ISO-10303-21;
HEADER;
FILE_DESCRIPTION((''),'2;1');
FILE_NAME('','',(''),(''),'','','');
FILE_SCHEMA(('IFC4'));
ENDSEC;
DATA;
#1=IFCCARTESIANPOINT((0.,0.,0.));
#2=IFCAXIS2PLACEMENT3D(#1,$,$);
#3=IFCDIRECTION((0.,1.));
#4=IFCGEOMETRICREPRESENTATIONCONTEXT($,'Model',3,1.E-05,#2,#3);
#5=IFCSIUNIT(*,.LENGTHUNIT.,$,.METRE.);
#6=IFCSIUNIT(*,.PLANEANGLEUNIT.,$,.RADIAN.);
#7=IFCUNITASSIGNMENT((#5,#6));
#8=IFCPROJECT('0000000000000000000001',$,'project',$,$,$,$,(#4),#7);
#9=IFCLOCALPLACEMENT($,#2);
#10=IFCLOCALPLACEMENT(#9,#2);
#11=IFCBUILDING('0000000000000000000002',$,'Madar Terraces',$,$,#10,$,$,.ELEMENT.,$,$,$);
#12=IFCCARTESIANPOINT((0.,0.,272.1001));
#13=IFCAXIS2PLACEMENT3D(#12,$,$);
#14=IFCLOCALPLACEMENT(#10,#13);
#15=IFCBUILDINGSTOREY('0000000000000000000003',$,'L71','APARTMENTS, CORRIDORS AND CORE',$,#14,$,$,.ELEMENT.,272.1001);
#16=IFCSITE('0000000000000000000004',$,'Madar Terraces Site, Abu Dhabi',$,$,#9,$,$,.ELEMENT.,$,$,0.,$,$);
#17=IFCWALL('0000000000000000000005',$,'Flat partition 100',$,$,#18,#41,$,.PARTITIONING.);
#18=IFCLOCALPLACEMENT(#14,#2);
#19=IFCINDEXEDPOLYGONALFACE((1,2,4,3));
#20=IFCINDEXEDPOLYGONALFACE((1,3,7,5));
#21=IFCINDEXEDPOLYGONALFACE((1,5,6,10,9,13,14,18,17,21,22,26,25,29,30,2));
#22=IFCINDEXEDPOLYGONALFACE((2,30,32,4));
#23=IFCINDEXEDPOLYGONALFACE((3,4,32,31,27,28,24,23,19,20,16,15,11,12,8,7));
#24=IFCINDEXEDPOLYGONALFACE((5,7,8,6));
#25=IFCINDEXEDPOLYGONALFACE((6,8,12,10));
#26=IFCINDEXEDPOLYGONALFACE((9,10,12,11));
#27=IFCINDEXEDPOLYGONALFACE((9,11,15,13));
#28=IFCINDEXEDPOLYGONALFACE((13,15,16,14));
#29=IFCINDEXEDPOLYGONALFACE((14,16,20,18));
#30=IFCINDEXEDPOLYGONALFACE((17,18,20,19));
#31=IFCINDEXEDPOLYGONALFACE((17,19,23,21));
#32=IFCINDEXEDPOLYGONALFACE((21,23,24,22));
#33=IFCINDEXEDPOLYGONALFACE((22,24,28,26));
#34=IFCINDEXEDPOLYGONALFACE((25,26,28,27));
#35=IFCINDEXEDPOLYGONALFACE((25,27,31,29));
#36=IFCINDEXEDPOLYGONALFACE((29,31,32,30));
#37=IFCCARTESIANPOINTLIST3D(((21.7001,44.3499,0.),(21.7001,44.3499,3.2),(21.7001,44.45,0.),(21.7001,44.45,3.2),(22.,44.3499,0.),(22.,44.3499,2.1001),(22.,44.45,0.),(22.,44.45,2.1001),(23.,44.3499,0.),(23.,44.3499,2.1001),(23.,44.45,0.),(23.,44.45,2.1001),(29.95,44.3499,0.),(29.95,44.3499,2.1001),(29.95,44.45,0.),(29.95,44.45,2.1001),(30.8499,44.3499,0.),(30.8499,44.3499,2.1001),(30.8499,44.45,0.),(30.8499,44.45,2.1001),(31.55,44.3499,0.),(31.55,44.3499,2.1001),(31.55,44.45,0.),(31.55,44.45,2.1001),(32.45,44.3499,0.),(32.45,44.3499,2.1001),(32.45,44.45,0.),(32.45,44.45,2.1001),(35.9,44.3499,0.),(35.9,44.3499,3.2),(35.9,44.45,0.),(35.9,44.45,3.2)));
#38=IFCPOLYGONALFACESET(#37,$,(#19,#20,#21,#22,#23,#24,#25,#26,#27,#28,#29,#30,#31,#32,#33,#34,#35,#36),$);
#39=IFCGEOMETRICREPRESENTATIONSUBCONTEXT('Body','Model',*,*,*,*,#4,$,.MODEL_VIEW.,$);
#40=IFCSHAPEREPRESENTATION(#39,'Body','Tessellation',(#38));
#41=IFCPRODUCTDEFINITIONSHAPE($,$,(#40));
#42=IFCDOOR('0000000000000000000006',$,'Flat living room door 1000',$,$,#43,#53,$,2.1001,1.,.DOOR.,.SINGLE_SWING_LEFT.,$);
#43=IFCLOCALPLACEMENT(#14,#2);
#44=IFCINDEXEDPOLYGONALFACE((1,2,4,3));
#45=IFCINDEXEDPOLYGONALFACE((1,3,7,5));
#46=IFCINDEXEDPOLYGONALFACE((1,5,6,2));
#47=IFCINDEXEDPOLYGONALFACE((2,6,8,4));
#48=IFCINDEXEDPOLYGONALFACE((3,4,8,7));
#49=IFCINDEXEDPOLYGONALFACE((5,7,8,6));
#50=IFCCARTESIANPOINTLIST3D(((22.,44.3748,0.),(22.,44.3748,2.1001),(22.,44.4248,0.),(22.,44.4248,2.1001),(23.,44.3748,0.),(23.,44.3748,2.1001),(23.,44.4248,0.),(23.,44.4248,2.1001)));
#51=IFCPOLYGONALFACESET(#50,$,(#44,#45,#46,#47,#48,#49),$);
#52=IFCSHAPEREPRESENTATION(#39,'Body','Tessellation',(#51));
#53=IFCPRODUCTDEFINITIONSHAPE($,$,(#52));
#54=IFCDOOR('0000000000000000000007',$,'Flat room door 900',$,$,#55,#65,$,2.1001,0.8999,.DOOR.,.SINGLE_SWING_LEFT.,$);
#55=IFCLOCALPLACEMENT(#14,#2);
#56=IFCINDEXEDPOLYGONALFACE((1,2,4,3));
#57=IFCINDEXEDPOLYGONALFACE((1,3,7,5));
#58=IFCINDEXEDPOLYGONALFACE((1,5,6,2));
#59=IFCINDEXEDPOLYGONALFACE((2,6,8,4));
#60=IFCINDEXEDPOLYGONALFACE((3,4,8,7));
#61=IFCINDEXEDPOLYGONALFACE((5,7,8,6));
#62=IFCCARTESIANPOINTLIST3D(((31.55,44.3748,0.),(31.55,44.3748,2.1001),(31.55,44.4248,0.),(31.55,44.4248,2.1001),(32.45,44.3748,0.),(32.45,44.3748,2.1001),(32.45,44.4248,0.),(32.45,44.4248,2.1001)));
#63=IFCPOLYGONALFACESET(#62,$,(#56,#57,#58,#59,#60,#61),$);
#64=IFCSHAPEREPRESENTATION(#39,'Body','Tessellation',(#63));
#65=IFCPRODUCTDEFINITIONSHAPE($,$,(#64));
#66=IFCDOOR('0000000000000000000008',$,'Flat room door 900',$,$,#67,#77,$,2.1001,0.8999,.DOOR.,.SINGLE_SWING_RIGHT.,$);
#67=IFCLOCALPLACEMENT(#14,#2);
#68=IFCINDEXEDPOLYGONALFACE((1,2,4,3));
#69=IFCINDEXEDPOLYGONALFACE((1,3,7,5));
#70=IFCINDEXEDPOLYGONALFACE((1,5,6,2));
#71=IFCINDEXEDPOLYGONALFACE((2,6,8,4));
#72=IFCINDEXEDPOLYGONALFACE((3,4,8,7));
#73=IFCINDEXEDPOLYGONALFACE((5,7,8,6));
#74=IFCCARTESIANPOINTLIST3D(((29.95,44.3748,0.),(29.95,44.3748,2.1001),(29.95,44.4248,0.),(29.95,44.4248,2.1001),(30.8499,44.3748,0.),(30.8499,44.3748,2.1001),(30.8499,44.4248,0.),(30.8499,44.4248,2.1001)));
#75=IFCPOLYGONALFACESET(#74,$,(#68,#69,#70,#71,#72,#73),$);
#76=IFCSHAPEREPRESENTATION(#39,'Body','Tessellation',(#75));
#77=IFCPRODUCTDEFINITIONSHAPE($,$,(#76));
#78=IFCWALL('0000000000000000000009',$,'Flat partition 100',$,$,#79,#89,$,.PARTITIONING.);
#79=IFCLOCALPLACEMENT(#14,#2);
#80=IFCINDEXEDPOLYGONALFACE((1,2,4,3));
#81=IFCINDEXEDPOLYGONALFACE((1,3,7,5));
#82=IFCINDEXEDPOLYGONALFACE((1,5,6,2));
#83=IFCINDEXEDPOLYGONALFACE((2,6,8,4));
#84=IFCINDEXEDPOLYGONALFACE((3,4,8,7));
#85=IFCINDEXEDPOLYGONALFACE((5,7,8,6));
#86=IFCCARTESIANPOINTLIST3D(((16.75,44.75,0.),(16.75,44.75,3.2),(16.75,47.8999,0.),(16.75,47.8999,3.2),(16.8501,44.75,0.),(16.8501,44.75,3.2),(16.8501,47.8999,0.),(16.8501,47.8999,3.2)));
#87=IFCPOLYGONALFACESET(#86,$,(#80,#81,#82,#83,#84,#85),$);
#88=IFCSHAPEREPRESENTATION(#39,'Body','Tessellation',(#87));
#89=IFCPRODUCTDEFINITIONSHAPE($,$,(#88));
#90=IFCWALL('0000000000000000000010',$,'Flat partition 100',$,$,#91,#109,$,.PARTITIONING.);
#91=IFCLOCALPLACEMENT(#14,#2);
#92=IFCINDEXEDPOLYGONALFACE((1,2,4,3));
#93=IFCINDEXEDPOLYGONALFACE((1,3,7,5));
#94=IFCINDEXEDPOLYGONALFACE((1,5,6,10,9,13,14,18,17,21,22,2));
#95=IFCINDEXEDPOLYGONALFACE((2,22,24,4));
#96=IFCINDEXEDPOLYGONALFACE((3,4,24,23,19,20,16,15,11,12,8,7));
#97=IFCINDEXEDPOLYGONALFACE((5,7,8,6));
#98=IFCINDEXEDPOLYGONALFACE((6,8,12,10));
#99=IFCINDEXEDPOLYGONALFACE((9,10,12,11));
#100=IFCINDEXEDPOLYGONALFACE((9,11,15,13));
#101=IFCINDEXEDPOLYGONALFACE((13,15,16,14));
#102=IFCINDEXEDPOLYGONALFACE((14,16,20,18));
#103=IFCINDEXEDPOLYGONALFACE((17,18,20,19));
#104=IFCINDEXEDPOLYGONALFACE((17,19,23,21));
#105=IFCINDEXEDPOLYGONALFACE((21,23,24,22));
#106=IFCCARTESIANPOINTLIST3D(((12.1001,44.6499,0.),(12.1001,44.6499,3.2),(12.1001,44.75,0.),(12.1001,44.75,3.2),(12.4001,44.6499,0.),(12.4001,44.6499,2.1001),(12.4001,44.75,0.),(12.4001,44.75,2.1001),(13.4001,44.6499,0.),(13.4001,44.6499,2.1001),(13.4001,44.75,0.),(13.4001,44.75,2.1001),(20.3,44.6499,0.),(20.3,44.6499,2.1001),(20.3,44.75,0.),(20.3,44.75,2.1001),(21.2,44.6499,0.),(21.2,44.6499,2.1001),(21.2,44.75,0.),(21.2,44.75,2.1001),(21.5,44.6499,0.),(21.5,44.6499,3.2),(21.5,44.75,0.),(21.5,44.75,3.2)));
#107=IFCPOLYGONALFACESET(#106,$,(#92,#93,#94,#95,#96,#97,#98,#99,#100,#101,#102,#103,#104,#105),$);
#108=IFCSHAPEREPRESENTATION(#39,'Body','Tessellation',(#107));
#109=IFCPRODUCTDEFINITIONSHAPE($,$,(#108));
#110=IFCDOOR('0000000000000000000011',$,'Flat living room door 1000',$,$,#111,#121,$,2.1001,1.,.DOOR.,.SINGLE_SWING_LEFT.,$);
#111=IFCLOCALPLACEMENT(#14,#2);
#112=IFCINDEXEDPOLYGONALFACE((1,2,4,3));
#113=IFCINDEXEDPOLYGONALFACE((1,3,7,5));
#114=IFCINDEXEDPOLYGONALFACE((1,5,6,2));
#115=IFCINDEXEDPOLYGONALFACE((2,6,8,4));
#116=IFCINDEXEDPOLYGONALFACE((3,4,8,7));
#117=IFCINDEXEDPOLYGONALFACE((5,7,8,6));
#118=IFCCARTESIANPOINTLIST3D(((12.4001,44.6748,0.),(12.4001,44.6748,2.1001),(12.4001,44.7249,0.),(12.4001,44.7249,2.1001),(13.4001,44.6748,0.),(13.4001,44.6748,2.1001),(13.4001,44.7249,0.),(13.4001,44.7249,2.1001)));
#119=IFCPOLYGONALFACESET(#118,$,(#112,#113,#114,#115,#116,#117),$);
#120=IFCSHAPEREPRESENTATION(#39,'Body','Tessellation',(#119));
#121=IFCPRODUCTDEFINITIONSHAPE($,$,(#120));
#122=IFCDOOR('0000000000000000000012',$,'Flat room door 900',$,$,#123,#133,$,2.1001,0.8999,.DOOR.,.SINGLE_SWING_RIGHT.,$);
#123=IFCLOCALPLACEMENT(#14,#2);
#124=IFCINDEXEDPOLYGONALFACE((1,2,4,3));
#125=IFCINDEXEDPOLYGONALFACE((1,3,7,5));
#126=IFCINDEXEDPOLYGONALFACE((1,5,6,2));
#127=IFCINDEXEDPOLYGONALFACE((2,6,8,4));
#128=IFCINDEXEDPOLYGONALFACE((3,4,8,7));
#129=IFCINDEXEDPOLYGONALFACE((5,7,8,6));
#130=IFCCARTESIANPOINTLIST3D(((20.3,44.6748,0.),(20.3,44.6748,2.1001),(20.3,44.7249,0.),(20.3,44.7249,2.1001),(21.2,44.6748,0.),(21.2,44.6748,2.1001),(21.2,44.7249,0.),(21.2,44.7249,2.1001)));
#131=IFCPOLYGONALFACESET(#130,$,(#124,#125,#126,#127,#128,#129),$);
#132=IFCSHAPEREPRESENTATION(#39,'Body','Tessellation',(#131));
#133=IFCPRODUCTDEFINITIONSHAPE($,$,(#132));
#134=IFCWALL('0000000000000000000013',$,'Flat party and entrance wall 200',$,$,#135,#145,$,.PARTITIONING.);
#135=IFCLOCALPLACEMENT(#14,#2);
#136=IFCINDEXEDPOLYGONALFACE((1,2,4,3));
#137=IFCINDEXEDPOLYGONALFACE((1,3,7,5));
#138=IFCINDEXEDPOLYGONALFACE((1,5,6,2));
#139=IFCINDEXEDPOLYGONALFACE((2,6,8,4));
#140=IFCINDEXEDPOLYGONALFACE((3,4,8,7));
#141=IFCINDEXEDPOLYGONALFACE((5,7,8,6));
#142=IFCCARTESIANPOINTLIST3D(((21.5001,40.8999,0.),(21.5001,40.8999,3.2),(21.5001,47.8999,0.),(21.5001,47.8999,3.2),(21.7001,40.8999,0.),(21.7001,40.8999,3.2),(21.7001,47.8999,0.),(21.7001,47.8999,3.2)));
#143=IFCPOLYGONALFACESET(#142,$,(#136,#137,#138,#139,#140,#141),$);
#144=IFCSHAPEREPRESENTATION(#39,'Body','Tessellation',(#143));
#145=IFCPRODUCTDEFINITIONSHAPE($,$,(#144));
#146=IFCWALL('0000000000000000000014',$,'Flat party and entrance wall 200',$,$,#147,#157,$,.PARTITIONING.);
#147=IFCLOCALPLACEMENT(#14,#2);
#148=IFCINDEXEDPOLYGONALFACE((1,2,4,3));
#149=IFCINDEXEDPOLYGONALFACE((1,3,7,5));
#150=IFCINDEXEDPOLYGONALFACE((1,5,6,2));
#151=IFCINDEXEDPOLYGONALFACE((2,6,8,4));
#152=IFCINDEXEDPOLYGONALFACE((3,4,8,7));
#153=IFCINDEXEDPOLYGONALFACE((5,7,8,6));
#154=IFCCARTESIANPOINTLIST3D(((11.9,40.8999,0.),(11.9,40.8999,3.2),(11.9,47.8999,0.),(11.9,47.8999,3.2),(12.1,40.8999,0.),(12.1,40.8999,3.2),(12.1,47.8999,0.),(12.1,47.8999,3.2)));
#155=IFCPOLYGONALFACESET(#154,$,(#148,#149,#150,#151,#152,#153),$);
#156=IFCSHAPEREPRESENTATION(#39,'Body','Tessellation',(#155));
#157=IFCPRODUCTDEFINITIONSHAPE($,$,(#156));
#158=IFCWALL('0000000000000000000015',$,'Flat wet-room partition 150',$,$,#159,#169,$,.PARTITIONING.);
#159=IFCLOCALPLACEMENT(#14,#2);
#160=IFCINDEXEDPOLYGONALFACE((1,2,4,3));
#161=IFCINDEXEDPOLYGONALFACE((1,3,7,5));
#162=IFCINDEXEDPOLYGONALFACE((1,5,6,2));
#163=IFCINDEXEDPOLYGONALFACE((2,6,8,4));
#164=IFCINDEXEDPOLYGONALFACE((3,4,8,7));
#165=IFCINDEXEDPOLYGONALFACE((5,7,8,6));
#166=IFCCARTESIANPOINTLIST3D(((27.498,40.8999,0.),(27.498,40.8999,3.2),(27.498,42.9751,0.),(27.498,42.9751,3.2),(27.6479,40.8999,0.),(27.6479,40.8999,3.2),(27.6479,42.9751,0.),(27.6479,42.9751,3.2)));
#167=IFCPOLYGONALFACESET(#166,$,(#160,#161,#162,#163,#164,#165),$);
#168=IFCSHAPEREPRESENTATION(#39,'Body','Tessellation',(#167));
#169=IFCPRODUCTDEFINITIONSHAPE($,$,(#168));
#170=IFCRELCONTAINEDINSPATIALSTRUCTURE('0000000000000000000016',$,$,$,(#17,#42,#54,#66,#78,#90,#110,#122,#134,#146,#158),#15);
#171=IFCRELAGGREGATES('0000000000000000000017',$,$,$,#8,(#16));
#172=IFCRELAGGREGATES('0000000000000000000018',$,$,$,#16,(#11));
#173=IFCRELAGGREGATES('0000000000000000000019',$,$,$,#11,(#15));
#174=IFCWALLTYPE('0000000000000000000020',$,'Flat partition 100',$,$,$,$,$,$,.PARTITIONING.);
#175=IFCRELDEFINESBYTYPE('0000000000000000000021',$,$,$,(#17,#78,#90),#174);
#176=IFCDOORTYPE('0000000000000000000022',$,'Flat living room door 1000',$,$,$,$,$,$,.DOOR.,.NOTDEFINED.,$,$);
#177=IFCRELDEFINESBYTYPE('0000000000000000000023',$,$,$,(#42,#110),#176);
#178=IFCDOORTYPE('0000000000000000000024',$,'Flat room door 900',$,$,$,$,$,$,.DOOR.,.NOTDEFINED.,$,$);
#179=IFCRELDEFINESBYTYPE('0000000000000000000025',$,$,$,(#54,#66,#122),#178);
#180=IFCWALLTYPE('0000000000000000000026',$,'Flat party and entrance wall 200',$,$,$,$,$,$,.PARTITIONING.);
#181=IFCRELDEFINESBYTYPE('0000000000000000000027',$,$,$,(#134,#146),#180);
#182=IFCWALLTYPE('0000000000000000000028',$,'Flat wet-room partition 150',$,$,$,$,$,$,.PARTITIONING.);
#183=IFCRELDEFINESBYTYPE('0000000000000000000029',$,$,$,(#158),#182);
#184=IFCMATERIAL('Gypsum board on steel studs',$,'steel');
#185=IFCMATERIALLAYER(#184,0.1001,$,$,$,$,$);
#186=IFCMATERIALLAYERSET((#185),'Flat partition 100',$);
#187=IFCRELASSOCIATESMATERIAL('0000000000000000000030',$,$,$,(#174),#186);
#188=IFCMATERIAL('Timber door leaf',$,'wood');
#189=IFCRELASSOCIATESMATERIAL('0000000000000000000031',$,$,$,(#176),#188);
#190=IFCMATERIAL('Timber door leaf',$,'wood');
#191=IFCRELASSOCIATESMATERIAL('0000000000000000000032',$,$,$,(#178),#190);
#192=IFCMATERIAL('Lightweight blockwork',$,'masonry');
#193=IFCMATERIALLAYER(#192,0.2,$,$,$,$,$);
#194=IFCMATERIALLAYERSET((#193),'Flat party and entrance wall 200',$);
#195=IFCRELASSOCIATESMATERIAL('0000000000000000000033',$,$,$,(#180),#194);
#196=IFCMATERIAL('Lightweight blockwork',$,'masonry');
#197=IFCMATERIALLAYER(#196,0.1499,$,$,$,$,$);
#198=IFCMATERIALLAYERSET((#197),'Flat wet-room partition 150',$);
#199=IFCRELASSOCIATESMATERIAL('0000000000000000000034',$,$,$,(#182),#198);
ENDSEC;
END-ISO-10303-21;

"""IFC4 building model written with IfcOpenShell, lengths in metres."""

from ifc_helpers import new_model, si_unit, direction, frame, frame_2d, origin, place, context, subcontext, project, spatial, rectangle, extrude, material, layer, layer_set, type_object, element, fill, save


model = new_model("IFC4")

# Units and contexts
model_context = context("Model", 3, precision=1e-05, world=origin(), true_north=direction((0.0, 1.0)))
body_context = subcontext(model_context, "Body", "Model", "MODEL_VIEW")
ifc_project = project(units=[si_unit("LENGTHUNIT", "METRE"), si_unit("PLANEANGLEUNIT", "RADIAN")], contexts=[model_context])

# Site, building, storey
site_placement = place(None, origin())
site = spatial("IfcSite", under=ifc_project, at=site_placement, Name="Madar Terraces Site, Abu Dhabi", CompositionType="ELEMENT", RefElevation=0.0)
building_placement = place(site_placement, origin())
building = spatial("IfcBuilding", under=site, at=building_placement, Name="Madar Terraces", CompositionType="ELEMENT")
storey_placement = place(building_placement, frame((0.0, 0.0, 272.1001)))
storey = spatial("IfcBuildingStorey", under=building, at=storey_placement, Name="L71", Description="APARTMENTS, CORRIDORS AND CORE", CompositionType="ELEMENT", Elevation=272.1001)

# Shared definitions
ifc_material_1 = material(Name="Gypsum board on steel studs", Category="steel")
ifc_layer_1 = layer(ifc_material_1, 0.1001)
ifc_layer_set_1 = layer_set([ifc_layer_1], Name="Flat partition 100")
wall_type_1 = type_object("IfcWallType", Name="Flat partition 100", PredefinedType="PARTITIONING", material=ifc_layer_set_1)

# Wall, openings, doors
wall_1_placement = place(storey_placement, frame((21.7, 44.3999, 0.0), z_axis=(0.0, 0.0, 1.0), x_axis=(1.0, 0.0, 0.0)))
wall_1 = element("IfcWall", 1, at=wall_1_placement, inside=storey, type_object=wall_type_1, Name="Flat partition 100", PredefinedType="PARTITIONING", context=body_context, shape_type="SweptSolid", body=[
    extrude(rectangle(XDim=14.2, YDim=0.1001, at=frame_2d((7.1001, 0.0))), origin(), (0.0, 0.0, 1.0), 3.2),
])
opening_1_placement = place(wall_1_placement, frame((9.8501, 0.0, 0.0)))
opening_1 = element("IfcOpeningElement", 2, at=opening_1_placement, cuts=wall_1, PredefinedType="OPENING", context=body_context, shape_type="SweptSolid", body=[
    extrude(rectangle(XDim=0.8999, YDim=2.1001, at=frame_2d((0.45, 1.05))), frame((0.0, 0.0601, 0.0), z_axis=(0.0, -1.0, 0.0), x_axis=(1.0, 0.0, 0.0)), (0.0, 0.0, 1.0), 0.1201),
])
opening_2_placement = place(wall_1_placement, frame((8.25, 0.0, 0.0)))
opening_2 = element("IfcOpeningElement", 3, at=opening_2_placement, cuts=wall_1, PredefinedType="OPENING", context=body_context, shape_type="SweptSolid", body=[
    extrude(rectangle(XDim=0.8999, YDim=2.1001, at=frame_2d((0.45, 1.05))), frame((0.0, 0.0601, 0.0), z_axis=(0.0, -1.0, 0.0), x_axis=(1.0, 0.0, 0.0)), (0.0, 0.0, 1.0), 0.1201),
])
opening_3_placement = place(wall_1_placement, frame((0.3, 0.0, 0.0)))
opening_3 = element("IfcOpeningElement", 4, at=opening_3_placement, cuts=wall_1, PredefinedType="OPENING", context=body_context, shape_type="SweptSolid", body=[
    extrude(rectangle(XDim=1.0, YDim=2.1001, at=frame_2d((0.5, 1.05))), frame((0.0, 0.0601, 0.0), z_axis=(0.0, -1.0, 0.0), x_axis=(1.0, 0.0, 0.0)), (0.0, 0.0, 1.0), 0.1201),
])
ifc_material_2 = material(Name="Timber door leaf", Category="wood")
door_type_1 = type_object("IfcDoorType", Name="Flat living room door 1000", OperationType="NOTDEFINED", PredefinedType="DOOR", material=ifc_material_2)
door_1_placement = place(opening_3_placement, origin())
door_1 = element("IfcDoor", 5, at=door_1_placement, inside=storey, type_object=door_type_1, Name="Flat living room door 1000", OperationType="SINGLE_SWING_LEFT", OverallHeight=2.1001, OverallWidth=1.0, PredefinedType="DOOR", context=body_context, shape_type="SweptSolid", body=[
    extrude(rectangle(XDim=1.0, YDim=2.1001, at=frame_2d((0.5, 1.05))), frame((0.0, 0.0249, 0.0), z_axis=(0.0, -1.0, 0.0), x_axis=(1.0, 0.0, 0.0)), (0.0, 0.0, 1.0), 0.05),
])
fill(opening_3, door_1)
ifc_material_3 = material(Name="Timber door leaf", Category="wood")
door_type_2 = type_object("IfcDoorType", Name="Flat room door 900", OperationType="NOTDEFINED", PredefinedType="DOOR", material=ifc_material_3)
door_2_placement = place(opening_1_placement, origin())
door_2 = element("IfcDoor", 6, at=door_2_placement, inside=storey, type_object=door_type_2, Name="Flat room door 900", OperationType="SINGLE_SWING_LEFT", OverallHeight=2.1001, OverallWidth=0.8999, PredefinedType="DOOR", context=body_context, shape_type="SweptSolid", body=[
    extrude(rectangle(XDim=0.8999, YDim=2.1001, at=frame_2d((0.45, 1.05))), frame((0.0, 0.0249, 0.0), z_axis=(0.0, -1.0, 0.0), x_axis=(1.0, 0.0, 0.0)), (0.0, 0.0, 1.0), 0.05),
])
fill(opening_1, door_2)
door_3_placement = place(opening_2_placement, origin())
door_3 = element("IfcDoor", 7, at=door_3_placement, inside=storey, type_object=door_type_2, Name="Flat room door 900", OperationType="SINGLE_SWING_RIGHT", OverallHeight=2.1001, OverallWidth=0.8999, PredefinedType="DOOR", context=body_context, shape_type="SweptSolid", body=[
    extrude(rectangle(XDim=0.8999, YDim=2.1001, at=frame_2d((0.45, 1.05))), frame((0.0, 0.0249, 0.0), z_axis=(0.0, -1.0, 0.0), x_axis=(1.0, 0.0, 0.0)), (0.0, 0.0, 1.0), 0.05),
])
fill(opening_2, door_3)

# Wall
wall_2_placement = place(storey_placement, frame((16.8, 44.75, 0.0), z_axis=(0.0, 0.0, 1.0), x_axis=(0.0, 1.0, 0.0)))
element("IfcWall", 8, at=wall_2_placement, inside=storey, type_object=wall_type_1, Name="Flat partition 100", PredefinedType="PARTITIONING", context=body_context, shape_type="SweptSolid", body=[
    extrude(rectangle(XDim=3.1499, YDim=0.1001, at=frame_2d((1.575, 0.0))), origin(), (0.0, 0.0, 1.0), 3.2),
])

# Wall, openings, doors
wall_3_placement = place(storey_placement, frame((12.1001, 44.7, 0.0), z_axis=(0.0, 0.0, 1.0), x_axis=(1.0, 0.0, 0.0)))
wall_3 = element("IfcWall", 9, at=wall_3_placement, inside=storey, type_object=wall_type_1, Name="Flat partition 100", PredefinedType="PARTITIONING", context=body_context, shape_type="SweptSolid", body=[
    extrude(rectangle(XDim=9.3999, YDim=0.1001, at=frame_2d((4.7, 0.0))), origin(), (0.0, 0.0, 1.0), 3.2),
])
opening_4_placement = place(wall_3_placement, frame((0.3, 0.0, 0.0)))
opening_4 = element("IfcOpeningElement", 10, at=opening_4_placement, cuts=wall_3, PredefinedType="OPENING", context=body_context, shape_type="SweptSolid", body=[
    extrude(rectangle(XDim=1.0, YDim=2.1001, at=frame_2d((0.5, 1.05))), frame((0.0, 0.0601, 0.0), z_axis=(0.0, -1.0, 0.0), x_axis=(1.0, 0.0, 0.0)), (0.0, 0.0, 1.0), 0.1201),
])
opening_5_placement = place(wall_3_placement, frame((8.2, 0.0, 0.0)))
opening_5 = element("IfcOpeningElement", 11, at=opening_5_placement, cuts=wall_3, PredefinedType="OPENING", context=body_context, shape_type="SweptSolid", body=[
    extrude(rectangle(XDim=0.8999, YDim=2.1001, at=frame_2d((0.45, 1.05))), frame((0.0, 0.0601, 0.0), z_axis=(0.0, -1.0, 0.0), x_axis=(1.0, 0.0, 0.0)), (0.0, 0.0, 1.0), 0.1201),
])
door_4_placement = place(opening_4_placement, origin())
door_4 = element("IfcDoor", 12, at=door_4_placement, inside=storey, type_object=door_type_1, Name="Flat living room door 1000", OperationType="SINGLE_SWING_LEFT", OverallHeight=2.1001, OverallWidth=1.0, PredefinedType="DOOR", context=body_context, shape_type="SweptSolid", body=[
    extrude(rectangle(XDim=1.0, YDim=2.1001, at=frame_2d((0.5, 1.05))), frame((0.0, 0.0249, 0.0), z_axis=(0.0, -1.0, 0.0), x_axis=(1.0, 0.0, 0.0)), (0.0, 0.0, 1.0), 0.05),
])
fill(opening_4, door_4)
door_5_placement = place(opening_5_placement, origin())
door_5 = element("IfcDoor", 13, at=door_5_placement, inside=storey, type_object=door_type_2, Name="Flat room door 900", OperationType="SINGLE_SWING_RIGHT", OverallHeight=2.1001, OverallWidth=0.8999, PredefinedType="DOOR", context=body_context, shape_type="SweptSolid", body=[
    extrude(rectangle(XDim=0.8999, YDim=2.1001, at=frame_2d((0.45, 1.05))), frame((0.0, 0.0249, 0.0), z_axis=(0.0, -1.0, 0.0), x_axis=(1.0, 0.0, 0.0)), (0.0, 0.0, 1.0), 0.05),
])
fill(opening_5, door_5)

# Walls
ifc_material_4 = material(Name="Lightweight blockwork", Category="masonry")
ifc_layer_2 = layer(ifc_material_4, 0.2)
ifc_layer_set_2 = layer_set([ifc_layer_2], Name="Flat party and entrance wall 200")
wall_type_2 = type_object("IfcWallType", Name="Flat party and entrance wall 200", PredefinedType="PARTITIONING", material=ifc_layer_set_2)
for number, where, z_axis, x_axis, name in (
    (14, (21.6001, 47.8999, 0.0), (0.0, 0.0, 1.0), (0.0, -1.0, 0.0), "Flat party and entrance wall 200"),
    (15, (12.0, 47.8999, 0.0), (0.0, 0.0, 1.0), (0.0, -1.0, 0.0), "Flat party and entrance wall 200"),
):
    element("IfcWall", number, at=place(storey_placement, frame(where, z_axis=z_axis, x_axis=x_axis)), inside=storey, type_object=wall_type_2, Name=name, PredefinedType="PARTITIONING", context=body_context, shape_type="SweptSolid", body=[
        extrude(rectangle(XDim=7.0, YDim=0.2, at=frame_2d((3.5, 0.0))), origin(), (0.0, 0.0, 1.0), 3.2),
    ])
ifc_material_5 = material(Name="Lightweight blockwork", Category="masonry")
ifc_layer_3 = layer(ifc_material_5, 0.1499)
ifc_layer_set_3 = layer_set([ifc_layer_3], Name="Flat wet-room partition 150")
wall_type_3 = type_object("IfcWallType", Name="Flat wet-room partition 150", PredefinedType="PARTITIONING", material=ifc_layer_set_3)
wall_4_placement = place(storey_placement, frame((27.573, 40.8999, 0.0), z_axis=(0.0, 0.0, 1.0), x_axis=(0.0, 1.0, 0.0)))
element("IfcWall", 16, at=wall_4_placement, inside=storey, type_object=wall_type_3, Name="Flat wet-room partition 150", PredefinedType="PARTITIONING", context=body_context, shape_type="SweptSolid", body=[
    extrude(rectangle(XDim=2.0752, YDim=0.1499, at=frame_2d((1.0376, 0.0))), origin(), (0.0, 0.0, 1.0), 3.2),
])

save(model, "model.ifc")
